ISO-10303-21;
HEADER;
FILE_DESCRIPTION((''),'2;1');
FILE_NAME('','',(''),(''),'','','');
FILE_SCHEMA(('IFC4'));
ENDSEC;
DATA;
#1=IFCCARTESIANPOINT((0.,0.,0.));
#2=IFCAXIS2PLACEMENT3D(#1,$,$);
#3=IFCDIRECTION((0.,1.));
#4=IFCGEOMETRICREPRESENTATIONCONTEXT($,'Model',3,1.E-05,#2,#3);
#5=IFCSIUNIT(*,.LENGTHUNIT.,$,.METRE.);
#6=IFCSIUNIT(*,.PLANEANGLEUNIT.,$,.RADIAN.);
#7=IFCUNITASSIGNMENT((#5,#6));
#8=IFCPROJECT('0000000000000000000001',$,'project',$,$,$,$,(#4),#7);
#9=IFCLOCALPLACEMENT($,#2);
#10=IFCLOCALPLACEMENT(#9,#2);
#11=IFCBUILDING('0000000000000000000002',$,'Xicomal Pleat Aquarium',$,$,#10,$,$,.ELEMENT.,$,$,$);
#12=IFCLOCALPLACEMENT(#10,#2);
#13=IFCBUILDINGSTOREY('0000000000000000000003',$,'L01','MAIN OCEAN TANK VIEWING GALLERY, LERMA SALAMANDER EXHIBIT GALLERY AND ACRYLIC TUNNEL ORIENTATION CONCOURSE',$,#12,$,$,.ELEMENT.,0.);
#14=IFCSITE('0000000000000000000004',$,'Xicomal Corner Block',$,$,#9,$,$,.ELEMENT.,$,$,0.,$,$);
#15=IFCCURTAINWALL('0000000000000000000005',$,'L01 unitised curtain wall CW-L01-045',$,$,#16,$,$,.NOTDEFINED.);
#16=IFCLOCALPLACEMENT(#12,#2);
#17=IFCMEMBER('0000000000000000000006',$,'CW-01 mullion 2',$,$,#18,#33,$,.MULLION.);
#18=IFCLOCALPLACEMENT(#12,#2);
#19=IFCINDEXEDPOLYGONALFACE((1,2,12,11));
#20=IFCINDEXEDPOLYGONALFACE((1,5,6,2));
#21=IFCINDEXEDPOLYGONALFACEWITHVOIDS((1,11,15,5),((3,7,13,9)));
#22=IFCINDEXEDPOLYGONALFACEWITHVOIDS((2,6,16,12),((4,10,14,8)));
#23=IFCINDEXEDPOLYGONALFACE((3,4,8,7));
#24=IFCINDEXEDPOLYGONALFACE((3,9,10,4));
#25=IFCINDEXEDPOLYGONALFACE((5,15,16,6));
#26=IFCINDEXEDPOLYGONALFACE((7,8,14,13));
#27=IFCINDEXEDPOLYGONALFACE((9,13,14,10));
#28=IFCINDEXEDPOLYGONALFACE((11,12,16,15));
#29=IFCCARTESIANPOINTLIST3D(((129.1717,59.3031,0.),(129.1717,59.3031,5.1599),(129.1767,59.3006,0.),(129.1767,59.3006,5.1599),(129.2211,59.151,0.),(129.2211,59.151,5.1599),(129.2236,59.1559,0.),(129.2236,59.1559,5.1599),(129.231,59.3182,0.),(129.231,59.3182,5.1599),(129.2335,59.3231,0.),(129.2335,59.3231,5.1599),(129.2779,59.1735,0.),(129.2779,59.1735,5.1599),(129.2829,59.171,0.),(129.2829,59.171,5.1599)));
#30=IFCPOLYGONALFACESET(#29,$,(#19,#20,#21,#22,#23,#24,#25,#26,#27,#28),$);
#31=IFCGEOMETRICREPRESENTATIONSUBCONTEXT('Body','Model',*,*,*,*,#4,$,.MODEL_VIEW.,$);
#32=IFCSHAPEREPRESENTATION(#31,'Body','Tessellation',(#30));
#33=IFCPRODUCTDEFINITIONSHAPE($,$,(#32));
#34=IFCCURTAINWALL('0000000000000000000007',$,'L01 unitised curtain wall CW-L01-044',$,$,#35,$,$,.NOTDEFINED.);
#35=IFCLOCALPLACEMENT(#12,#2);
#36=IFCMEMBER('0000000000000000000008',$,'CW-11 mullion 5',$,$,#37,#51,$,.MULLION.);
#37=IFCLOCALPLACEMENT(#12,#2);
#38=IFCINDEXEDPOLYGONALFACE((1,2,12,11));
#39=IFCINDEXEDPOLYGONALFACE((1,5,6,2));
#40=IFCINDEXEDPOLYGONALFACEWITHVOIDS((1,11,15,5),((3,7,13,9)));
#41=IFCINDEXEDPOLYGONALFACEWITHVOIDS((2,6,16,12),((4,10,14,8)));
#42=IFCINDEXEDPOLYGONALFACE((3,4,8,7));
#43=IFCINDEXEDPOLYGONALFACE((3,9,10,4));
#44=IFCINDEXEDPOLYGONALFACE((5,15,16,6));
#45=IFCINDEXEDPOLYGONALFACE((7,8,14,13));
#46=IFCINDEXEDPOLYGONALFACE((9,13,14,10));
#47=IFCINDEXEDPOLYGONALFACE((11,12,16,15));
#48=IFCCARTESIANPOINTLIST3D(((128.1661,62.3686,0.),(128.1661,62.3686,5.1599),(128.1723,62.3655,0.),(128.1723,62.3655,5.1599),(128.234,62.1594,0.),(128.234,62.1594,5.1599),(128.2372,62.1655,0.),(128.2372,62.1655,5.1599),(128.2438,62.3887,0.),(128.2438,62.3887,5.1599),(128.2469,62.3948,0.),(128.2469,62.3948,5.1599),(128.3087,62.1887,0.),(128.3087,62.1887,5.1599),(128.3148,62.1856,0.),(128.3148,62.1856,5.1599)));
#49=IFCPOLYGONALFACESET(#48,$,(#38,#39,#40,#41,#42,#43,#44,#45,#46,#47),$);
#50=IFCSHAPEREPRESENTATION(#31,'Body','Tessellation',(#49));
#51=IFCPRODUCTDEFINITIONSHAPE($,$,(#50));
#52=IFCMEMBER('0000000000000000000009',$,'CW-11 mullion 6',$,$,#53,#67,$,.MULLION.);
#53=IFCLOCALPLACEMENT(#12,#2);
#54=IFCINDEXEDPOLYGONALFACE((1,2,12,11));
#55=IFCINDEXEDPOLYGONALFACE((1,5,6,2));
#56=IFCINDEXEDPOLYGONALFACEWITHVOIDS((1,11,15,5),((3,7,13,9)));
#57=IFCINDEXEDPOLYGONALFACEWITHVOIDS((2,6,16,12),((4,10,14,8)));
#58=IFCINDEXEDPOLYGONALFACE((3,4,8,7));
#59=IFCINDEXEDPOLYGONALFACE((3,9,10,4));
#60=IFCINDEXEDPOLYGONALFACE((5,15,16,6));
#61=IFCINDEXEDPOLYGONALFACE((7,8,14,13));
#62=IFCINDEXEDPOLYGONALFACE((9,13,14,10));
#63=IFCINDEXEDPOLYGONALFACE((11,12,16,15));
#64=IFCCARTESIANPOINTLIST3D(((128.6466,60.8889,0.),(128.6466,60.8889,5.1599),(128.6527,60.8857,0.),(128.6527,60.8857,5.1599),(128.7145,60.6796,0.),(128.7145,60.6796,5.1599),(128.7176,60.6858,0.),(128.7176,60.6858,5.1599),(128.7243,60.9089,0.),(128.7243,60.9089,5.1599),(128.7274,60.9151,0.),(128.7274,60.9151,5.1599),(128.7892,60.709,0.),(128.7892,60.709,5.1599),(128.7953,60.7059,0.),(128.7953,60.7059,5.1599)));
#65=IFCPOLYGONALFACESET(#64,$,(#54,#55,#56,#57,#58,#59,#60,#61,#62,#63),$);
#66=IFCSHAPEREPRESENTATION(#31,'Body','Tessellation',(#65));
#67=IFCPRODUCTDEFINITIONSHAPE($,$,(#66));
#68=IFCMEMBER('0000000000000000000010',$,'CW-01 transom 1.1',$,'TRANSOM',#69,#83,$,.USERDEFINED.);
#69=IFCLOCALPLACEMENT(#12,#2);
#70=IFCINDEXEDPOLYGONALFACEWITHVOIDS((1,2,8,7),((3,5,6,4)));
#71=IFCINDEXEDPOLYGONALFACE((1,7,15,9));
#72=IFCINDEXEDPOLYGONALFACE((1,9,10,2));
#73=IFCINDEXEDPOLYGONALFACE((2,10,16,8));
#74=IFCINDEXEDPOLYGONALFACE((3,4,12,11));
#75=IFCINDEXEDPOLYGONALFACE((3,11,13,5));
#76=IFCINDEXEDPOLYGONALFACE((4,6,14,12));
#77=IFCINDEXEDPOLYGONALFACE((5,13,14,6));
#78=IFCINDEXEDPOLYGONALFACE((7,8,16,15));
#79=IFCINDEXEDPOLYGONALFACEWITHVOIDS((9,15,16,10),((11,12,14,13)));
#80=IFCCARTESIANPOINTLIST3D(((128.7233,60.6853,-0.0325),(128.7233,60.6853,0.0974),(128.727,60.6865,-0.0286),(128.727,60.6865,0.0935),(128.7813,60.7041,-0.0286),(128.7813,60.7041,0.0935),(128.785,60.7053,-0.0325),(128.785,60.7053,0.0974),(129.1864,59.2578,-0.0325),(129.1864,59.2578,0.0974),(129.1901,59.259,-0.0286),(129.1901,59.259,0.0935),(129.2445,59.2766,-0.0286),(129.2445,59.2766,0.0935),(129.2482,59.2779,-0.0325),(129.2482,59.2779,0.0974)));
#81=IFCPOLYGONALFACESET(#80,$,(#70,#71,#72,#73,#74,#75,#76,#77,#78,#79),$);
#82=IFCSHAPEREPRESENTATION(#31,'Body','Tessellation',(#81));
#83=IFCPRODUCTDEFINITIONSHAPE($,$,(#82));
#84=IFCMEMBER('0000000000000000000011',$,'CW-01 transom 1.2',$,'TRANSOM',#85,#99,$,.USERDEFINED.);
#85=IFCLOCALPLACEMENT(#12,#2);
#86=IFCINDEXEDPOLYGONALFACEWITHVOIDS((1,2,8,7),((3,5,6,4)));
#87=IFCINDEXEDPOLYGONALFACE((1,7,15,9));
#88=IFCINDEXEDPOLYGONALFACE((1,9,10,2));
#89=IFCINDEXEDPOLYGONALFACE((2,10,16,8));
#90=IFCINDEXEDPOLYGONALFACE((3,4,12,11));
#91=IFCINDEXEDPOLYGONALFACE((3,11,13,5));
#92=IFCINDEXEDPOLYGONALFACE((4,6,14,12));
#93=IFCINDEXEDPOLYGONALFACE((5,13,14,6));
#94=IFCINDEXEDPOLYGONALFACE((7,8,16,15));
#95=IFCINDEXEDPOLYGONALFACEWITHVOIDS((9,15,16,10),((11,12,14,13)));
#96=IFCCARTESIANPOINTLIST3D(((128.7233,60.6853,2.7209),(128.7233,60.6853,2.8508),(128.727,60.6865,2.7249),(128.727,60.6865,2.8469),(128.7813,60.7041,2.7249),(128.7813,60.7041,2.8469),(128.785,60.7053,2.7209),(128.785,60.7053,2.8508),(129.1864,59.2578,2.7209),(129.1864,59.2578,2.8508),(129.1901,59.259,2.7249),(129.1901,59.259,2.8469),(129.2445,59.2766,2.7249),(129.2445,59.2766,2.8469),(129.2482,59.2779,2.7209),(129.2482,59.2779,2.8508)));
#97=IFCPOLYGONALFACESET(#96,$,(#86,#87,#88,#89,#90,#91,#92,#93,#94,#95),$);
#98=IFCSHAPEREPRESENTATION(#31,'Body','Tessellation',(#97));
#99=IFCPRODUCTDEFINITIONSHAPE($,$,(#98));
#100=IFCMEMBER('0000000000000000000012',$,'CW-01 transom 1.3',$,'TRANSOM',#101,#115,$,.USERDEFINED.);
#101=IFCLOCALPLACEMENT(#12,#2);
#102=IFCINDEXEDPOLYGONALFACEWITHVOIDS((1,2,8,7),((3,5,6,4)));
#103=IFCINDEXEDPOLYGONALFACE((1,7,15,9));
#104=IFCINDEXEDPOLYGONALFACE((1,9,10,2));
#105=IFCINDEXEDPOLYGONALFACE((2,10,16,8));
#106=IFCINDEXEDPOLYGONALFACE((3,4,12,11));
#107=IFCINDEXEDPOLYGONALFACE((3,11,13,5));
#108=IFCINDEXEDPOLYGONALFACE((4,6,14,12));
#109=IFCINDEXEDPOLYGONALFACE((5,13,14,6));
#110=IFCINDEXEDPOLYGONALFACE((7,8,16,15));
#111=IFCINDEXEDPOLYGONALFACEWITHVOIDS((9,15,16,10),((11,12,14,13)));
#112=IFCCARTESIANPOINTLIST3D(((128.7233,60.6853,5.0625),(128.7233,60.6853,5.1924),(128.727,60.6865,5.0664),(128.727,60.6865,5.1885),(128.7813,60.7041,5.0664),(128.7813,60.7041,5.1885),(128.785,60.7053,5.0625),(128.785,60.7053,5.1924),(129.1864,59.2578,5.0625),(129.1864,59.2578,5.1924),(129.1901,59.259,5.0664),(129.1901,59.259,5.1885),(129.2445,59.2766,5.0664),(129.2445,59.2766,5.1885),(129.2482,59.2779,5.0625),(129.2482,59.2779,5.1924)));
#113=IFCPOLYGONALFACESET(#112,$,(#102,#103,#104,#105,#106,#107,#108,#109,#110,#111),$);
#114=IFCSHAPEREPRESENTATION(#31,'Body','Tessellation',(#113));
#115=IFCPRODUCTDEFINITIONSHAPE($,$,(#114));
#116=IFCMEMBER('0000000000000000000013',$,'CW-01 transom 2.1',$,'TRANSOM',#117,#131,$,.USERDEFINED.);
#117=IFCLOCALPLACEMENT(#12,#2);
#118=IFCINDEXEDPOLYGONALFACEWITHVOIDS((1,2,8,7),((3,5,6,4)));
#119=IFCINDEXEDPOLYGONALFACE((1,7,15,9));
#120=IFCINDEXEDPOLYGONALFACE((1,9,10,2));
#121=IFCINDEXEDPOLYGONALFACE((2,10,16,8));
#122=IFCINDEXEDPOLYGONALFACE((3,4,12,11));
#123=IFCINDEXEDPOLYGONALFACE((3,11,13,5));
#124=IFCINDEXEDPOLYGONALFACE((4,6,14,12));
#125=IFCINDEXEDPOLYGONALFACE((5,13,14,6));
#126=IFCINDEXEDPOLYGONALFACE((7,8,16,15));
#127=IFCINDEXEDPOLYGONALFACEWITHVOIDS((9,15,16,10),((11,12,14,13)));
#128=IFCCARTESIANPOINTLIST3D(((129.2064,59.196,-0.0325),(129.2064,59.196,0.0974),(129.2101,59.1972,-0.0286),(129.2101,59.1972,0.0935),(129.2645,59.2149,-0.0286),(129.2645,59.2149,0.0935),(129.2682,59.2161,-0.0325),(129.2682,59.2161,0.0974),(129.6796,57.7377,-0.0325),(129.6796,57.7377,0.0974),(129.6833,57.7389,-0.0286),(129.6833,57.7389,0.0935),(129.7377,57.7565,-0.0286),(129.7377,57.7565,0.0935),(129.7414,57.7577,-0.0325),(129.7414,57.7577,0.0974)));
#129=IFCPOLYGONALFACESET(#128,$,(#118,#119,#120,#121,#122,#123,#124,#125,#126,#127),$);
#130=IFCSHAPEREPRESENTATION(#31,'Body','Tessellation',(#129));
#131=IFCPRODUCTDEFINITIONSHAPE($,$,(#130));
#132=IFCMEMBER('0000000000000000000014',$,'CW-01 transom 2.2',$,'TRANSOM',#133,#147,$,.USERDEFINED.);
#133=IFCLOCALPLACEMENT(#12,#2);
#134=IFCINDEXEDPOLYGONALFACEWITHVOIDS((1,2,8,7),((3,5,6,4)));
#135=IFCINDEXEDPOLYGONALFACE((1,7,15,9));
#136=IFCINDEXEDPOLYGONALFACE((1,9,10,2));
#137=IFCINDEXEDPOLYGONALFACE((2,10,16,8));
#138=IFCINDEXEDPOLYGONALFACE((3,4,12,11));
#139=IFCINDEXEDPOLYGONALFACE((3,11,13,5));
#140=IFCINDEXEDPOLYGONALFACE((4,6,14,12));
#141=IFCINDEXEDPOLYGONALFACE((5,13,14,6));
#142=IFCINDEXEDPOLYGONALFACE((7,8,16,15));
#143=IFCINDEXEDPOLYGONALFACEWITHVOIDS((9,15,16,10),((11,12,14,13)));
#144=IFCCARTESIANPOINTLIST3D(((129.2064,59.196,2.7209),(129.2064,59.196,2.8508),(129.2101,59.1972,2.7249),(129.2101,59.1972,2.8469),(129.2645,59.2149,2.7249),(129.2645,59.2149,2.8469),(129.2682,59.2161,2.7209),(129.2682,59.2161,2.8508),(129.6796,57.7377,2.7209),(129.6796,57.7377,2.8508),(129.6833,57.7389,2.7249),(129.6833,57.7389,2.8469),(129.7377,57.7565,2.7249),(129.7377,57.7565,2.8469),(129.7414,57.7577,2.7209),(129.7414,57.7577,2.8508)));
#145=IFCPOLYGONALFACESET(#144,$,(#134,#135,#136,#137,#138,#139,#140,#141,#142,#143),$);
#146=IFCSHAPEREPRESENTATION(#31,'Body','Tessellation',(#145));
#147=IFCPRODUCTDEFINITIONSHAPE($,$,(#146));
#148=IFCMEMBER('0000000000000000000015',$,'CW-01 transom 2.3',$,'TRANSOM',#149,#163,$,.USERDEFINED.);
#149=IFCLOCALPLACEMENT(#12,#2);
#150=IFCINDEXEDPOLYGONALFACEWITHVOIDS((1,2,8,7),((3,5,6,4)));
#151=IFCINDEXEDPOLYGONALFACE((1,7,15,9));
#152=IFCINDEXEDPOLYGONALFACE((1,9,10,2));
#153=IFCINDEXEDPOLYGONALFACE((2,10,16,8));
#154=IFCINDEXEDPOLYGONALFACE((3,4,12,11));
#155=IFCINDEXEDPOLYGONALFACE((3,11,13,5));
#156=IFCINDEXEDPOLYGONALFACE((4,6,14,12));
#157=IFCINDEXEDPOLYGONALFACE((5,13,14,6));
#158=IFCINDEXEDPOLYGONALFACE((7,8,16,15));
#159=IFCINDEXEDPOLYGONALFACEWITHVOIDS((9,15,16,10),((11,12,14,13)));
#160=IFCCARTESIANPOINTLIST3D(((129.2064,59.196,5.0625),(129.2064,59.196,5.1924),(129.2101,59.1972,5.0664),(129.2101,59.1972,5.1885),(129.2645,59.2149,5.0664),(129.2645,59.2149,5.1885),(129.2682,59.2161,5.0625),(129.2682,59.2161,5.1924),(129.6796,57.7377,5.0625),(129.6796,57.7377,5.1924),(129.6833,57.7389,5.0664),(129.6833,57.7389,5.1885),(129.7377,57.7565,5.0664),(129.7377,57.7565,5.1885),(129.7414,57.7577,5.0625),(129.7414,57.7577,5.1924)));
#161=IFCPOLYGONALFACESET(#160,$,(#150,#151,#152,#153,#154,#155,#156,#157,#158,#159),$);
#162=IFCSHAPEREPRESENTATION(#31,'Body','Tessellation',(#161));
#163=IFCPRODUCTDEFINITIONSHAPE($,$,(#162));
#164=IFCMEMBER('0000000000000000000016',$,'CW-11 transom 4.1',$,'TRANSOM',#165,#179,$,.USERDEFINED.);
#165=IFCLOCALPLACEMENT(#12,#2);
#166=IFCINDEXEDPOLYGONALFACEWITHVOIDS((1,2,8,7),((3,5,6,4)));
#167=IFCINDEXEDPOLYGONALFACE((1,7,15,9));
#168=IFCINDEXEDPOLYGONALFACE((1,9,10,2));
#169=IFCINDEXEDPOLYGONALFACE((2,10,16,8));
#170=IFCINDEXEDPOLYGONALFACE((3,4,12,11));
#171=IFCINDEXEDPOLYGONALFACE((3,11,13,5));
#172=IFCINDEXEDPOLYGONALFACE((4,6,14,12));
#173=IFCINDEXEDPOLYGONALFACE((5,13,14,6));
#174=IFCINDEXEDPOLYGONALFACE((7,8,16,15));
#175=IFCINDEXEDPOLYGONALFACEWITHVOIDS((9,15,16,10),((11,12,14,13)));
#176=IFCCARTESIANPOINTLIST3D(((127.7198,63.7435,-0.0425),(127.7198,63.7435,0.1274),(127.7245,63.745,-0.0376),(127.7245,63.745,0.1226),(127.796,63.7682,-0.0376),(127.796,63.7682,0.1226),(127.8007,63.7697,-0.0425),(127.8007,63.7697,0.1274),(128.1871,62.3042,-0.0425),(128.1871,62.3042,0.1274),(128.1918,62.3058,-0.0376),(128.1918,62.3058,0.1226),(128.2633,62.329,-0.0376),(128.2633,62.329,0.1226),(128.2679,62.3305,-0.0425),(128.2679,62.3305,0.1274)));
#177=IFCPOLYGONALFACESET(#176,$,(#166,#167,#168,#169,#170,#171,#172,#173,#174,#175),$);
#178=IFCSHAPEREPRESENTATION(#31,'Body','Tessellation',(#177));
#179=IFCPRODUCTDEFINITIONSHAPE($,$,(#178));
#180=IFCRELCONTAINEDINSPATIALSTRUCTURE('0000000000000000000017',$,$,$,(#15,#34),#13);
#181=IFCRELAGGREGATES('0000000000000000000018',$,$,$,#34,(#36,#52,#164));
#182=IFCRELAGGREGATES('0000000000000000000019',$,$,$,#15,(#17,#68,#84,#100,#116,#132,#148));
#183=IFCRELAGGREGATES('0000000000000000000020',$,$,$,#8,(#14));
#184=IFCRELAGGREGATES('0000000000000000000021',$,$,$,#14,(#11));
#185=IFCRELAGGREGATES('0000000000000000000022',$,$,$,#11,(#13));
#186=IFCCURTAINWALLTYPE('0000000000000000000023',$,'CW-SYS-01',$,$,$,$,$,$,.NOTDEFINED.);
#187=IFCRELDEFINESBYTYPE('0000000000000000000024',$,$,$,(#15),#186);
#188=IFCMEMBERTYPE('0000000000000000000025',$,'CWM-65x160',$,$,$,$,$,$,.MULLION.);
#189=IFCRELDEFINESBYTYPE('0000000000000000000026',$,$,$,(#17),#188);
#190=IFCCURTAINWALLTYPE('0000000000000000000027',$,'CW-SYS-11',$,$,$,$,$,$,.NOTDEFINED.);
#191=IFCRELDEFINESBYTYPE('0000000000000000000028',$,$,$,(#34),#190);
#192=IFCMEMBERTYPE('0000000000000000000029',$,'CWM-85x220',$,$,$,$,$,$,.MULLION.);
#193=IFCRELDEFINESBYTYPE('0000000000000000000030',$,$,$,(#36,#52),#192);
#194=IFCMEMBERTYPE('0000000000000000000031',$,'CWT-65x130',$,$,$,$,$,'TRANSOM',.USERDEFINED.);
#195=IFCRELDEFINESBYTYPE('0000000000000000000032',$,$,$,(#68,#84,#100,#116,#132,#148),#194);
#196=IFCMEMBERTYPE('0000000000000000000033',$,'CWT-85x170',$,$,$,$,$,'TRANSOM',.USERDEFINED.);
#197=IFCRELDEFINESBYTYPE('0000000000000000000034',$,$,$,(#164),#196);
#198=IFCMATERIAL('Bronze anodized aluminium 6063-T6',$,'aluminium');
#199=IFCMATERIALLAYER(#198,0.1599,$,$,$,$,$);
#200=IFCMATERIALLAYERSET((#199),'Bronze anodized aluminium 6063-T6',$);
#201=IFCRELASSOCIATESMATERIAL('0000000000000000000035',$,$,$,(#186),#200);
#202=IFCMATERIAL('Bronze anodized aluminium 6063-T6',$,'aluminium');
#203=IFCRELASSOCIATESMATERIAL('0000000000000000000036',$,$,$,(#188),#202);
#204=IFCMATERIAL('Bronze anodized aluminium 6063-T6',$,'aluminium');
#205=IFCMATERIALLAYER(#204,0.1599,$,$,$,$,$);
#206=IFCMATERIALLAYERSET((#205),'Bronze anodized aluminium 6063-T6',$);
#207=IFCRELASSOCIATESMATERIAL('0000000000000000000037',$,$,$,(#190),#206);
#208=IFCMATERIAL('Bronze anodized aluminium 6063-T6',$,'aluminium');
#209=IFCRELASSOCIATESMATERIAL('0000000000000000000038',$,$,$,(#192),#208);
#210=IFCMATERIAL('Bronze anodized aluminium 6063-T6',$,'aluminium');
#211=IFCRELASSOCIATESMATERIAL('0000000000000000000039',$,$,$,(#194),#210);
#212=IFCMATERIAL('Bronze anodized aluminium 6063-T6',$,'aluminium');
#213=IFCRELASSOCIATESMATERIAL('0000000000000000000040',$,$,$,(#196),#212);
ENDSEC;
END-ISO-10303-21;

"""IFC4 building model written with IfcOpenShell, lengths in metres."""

from ifc_helpers import new_model, si_unit, direction, frame, origin, origin_2d, place, context, subcontext, project, spatial, hollow_rectangle, extrude, material, layer, layer_set, material_profile, profile_set, type_object, element, aggregate, save


model = new_model("IFC4")

# Units and contexts
model_context = context("Model", 3, precision=1e-05, world=origin(), true_north=direction((0.0, 1.0)))
body_context = subcontext(model_context, "Body", "Model", "MODEL_VIEW")
ifc_project = project(units=[si_unit("LENGTHUNIT", "METRE"), si_unit("PLANEANGLEUNIT", "RADIAN")], contexts=[model_context])

# Site, building, storey
site_placement = place(None, origin())
site = spatial("IfcSite", under=ifc_project, at=site_placement, Name="Xicomal Corner Block", CompositionType="ELEMENT", RefElevation=0.0)
building_placement = place(site_placement, origin())
building = spatial("IfcBuilding", under=site, at=building_placement, Name="Xicomal Pleat Aquarium", CompositionType="ELEMENT")
storey_placement = place(building_placement, origin())
storey = spatial("IfcBuildingStorey", under=building, at=storey_placement, Name="L01", Description="MAIN OCEAN TANK VIEWING GALLERY, LERMA SALAMANDER EXHIBIT GALLERY AND ACRYLIC TUNNEL ORIENTATION CONCOURSE", CompositionType="ELEMENT", Elevation=0.0)

# Curtain wall, member
ifc_material_1 = material(Name="Bronze anodized aluminium 6063-T6", Category="aluminium")
ifc_layer_1 = layer(ifc_material_1, 0.1599)
ifc_layer_set_1 = layer_set([ifc_layer_1], Name="Bronze anodized aluminium 6063-T6")
curtain_wall_type_1 = type_object("IfcCurtainWallType", Name="CW-SYS-01", PredefinedType="NOTDEFINED", material=ifc_layer_set_1)
curtain_wall_1_placement = place(storey_placement, origin())
curtain_wall_1 = element("IfcCurtainWall", 1, at=curtain_wall_1_placement, inside=storey, type_object=curtain_wall_type_1, Name="L01 unitised curtain wall CW-L01-045", PredefinedType="NOTDEFINED")
ifc_material_2 = material(Name="Bronze anodized aluminium 6063-T6", Category="aluminium")
ifc_material_profile_1 = material_profile(ifc_material_2, hollow_rectangle(XDim=0.0649, YDim=0.1599, WallThickness=0.0039, at=origin_2d()), Name="ALU MULL 65x160")
ifc_profile_set_1 = profile_set([ifc_material_profile_1], Name="Bronze anodized aluminium 6063-T6")
member_type_1 = type_object("IfcMemberType", Name="CWM-65x160", PredefinedType="MULLION", material=ifc_profile_set_1)
member_1_placement = place(storey_placement, frame((129.2273, 59.2371, 0.0), z_axis=(0.0, 0.0, 1.0), x_axis=(0.951181, 0.308633, 0.0)))
member_1 = element("IfcMember", 2, at=member_1_placement, type_object=member_type_1, Name="CW-01 mullion 2", PredefinedType="MULLION", context=body_context, shape_type="SweptSolid", body=[
    extrude(hollow_rectangle(XDim=0.0649, YDim=0.1599, WallThickness=0.0039, at=origin_2d()), origin(), (0.0, 0.0, 1.0), 5.1599),
])

# Curtain wall, members
ifc_material_3 = material(Name="Bronze anodized aluminium 6063-T6", Category="aluminium")
ifc_layer_2 = layer(ifc_material_3, 0.1599)
ifc_layer_set_2 = layer_set([ifc_layer_2], Name="Bronze anodized aluminium 6063-T6")
curtain_wall_type_2 = type_object("IfcCurtainWallType", Name="CW-SYS-11", PredefinedType="NOTDEFINED", material=ifc_layer_set_2)
curtain_wall_2_placement = place(storey_placement, origin())
curtain_wall_2 = element("IfcCurtainWall", 3, at=curtain_wall_2_placement, inside=storey, type_object=curtain_wall_type_2, Name="L01 unitised curtain wall CW-L01-044", PredefinedType="NOTDEFINED")
ifc_material_4 = material(Name="Bronze anodized aluminium 6063-T6", Category="aluminium")
ifc_material_profile_2 = material_profile(ifc_material_4, hollow_rectangle(XDim=0.085, YDim=0.22, WallThickness=0.0049, at=origin_2d()), Name="ALU MULL 85x220")
ifc_profile_set_2 = profile_set([ifc_material_profile_2], Name="Bronze anodized aluminium 6063-T6")
member_type_2 = type_object("IfcMemberType", Name="CWM-85x220", PredefinedType="MULLION", material=ifc_profile_set_2)
member_2_placement = place(storey_placement, frame((128.2405, 62.2771, 0.0), z_axis=(0.0, 0.0, 1.0), x_axis=(0.951144, 0.308746, 0.0)))
member_2 = element("IfcMember", 4, at=member_2_placement, type_object=member_type_2, Name="CW-11 mullion 5", PredefinedType="MULLION", context=body_context, shape_type="SweptSolid", body=[
    extrude(hollow_rectangle(XDim=0.085, YDim=0.22, WallThickness=0.0049, at=origin_2d()), origin(), (0.0, 0.0, 1.0), 5.1599),
])
member_3_placement = place(storey_placement, frame((128.7209, 60.7974, 0.0), z_axis=(0.0, 0.0, 1.0), x_axis=(0.951144, 0.308746, 0.0)))
member_3 = element("IfcMember", 5, at=member_3_placement, type_object=member_type_2, Name="CW-11 mullion 6", PredefinedType="MULLION", context=body_context, shape_type="SweptSolid", body=[
    extrude(hollow_rectangle(XDim=0.085, YDim=0.22, WallThickness=0.0049, at=origin_2d()), origin(), (0.0, 0.0, 1.0), 5.1599),
])

# Members
ifc_material_5 = material(Name="Bronze anodized aluminium 6063-T6", Category="aluminium")
ifc_material_profile_3 = material_profile(ifc_material_5, hollow_rectangle(XDim=0.0649, YDim=0.1299, WallThickness=0.0039, at=origin_2d()), Name="ALU TRAN 65x130")
ifc_profile_set_3 = profile_set([ifc_material_profile_3], Name="Bronze anodized aluminium 6063-T6")
member_type_3 = type_object("IfcMemberType", Name="CWT-65x130", ElementType="TRANSOM", PredefinedType="USERDEFINED", material=ifc_profile_set_3)
member_4_placement = place(storey_placement, frame((128.7542, 60.6953, 0.0325), z_axis=(0.308604, -0.951191, 0.0), x_axis=(0.951191, 0.308604, 0.0)))
member_4 = element("IfcMember", 6, at=member_4_placement, type_object=member_type_3, Name="CW-01 transom 1.1", ObjectType="TRANSOM", PredefinedType="USERDEFINED", context=body_context, shape_type="SweptSolid", body=[
    extrude(hollow_rectangle(XDim=0.0649, YDim=0.1299, WallThickness=0.0039, at=origin_2d()), origin(), (0.0, 0.0, 1.0), 1.5007),
])
member_5_placement = place(storey_placement, frame((128.7542, 60.6953, 2.7859), z_axis=(0.308604, -0.951191, 0.0), x_axis=(0.951191, 0.308604, 0.0)))
member_5 = element("IfcMember", 7, at=member_5_placement, type_object=member_type_3, Name="CW-01 transom 1.2", ObjectType="TRANSOM", PredefinedType="USERDEFINED", context=body_context, shape_type="SweptSolid", body=[
    extrude(hollow_rectangle(XDim=0.0649, YDim=0.1299, WallThickness=0.0039, at=origin_2d()), origin(), (0.0, 0.0, 1.0), 1.5007),
])
member_6_placement = place(storey_placement, frame((128.7542, 60.6953, 5.1274), z_axis=(0.308604, -0.951191, 0.0), x_axis=(0.951191, 0.308604, 0.0)))
member_6 = element("IfcMember", 8, at=member_6_placement, type_object=member_type_3, Name="CW-01 transom 1.3", ObjectType="TRANSOM", PredefinedType="USERDEFINED", context=body_context, shape_type="SweptSolid", body=[
    extrude(hollow_rectangle(XDim=0.0649, YDim=0.1299, WallThickness=0.0039, at=origin_2d()), origin(), (0.0, 0.0, 1.0), 1.5007),
])
member_7_placement = place(storey_placement, frame((129.2373, 59.2061, 0.0325), z_axis=(0.308622, -0.951185, 0.0), x_axis=(0.951185, 0.308622, 0.0)))
member_7 = element("IfcMember", 9, at=member_7_placement, type_object=member_type_3, Name="CW-01 transom 2.1", ObjectType="TRANSOM", PredefinedType="USERDEFINED", context=body_context, shape_type="SweptSolid", body=[
    extrude(hollow_rectangle(XDim=0.0649, YDim=0.1299, WallThickness=0.0039, at=origin_2d()), origin(), (0.0, 0.0, 1.0), 1.5332),
])
member_8_placement = place(storey_placement, frame((129.2373, 59.2061, 2.7859), z_axis=(0.308622, -0.951185, 0.0), x_axis=(0.951185, 0.308622, 0.0)))
member_8 = element("IfcMember", 10, at=member_8_placement, type_object=member_type_3, Name="CW-01 transom 2.2", ObjectType="TRANSOM", PredefinedType="USERDEFINED", context=body_context, shape_type="SweptSolid", body=[
    extrude(hollow_rectangle(XDim=0.0649, YDim=0.1299, WallThickness=0.0039, at=origin_2d()), origin(), (0.0, 0.0, 1.0), 1.5332),
])
member_9_placement = place(storey_placement, frame((129.2373, 59.2061, 5.1274), z_axis=(0.308622, -0.951185, 0.0), x_axis=(0.951185, 0.308622, 0.0)))
member_9 = element("IfcMember", 11, at=member_9_placement, type_object=member_type_3, Name="CW-01 transom 2.3", ObjectType="TRANSOM", PredefinedType="USERDEFINED", context=body_context, shape_type="SweptSolid", body=[
    extrude(hollow_rectangle(XDim=0.0649, YDim=0.1299, WallThickness=0.0039, at=origin_2d()), origin(), (0.0, 0.0, 1.0), 1.5332),
])
ifc_material_6 = material(Name="Bronze anodized aluminium 6063-T6", Category="aluminium")
ifc_material_profile_4 = material_profile(ifc_material_6, hollow_rectangle(XDim=0.085, YDim=0.1699, WallThickness=0.0049, at=origin_2d()), Name="ALU TRAN 85x170")
ifc_profile_set_4 = profile_set([ifc_material_profile_4], Name="Bronze anodized aluminium 6063-T6")
member_type_4 = type_object("IfcMemberType", Name="CWT-85x170", ElementType="TRANSOM", PredefinedType="USERDEFINED", material=ifc_profile_set_4)
member_10_placement = place(storey_placement, frame((127.7603, 63.7566, 0.0425), z_axis=(0.308812, -0.951123, 0.0), x_axis=(0.951123, 0.308812, 0.0)))
member_10 = element("IfcMember", 12, at=member_10_placement, type_object=member_type_4, Name="CW-11 transom 4.1", ObjectType="TRANSOM", PredefinedType="USERDEFINED", context=body_context, shape_type="SweptSolid", body=[
    extrude(hollow_rectangle(XDim=0.085, YDim=0.1699, WallThickness=0.0049, at=origin_2d()), origin(), (0.0, 0.0, 1.0), 1.5132),
])

aggregate(curtain_wall_2, [member_2, member_3, member_10])
aggregate(curtain_wall_1, [member_1, member_4, member_5, member_6, member_7, member_8, member_9])

save(model, "model.ifc")
